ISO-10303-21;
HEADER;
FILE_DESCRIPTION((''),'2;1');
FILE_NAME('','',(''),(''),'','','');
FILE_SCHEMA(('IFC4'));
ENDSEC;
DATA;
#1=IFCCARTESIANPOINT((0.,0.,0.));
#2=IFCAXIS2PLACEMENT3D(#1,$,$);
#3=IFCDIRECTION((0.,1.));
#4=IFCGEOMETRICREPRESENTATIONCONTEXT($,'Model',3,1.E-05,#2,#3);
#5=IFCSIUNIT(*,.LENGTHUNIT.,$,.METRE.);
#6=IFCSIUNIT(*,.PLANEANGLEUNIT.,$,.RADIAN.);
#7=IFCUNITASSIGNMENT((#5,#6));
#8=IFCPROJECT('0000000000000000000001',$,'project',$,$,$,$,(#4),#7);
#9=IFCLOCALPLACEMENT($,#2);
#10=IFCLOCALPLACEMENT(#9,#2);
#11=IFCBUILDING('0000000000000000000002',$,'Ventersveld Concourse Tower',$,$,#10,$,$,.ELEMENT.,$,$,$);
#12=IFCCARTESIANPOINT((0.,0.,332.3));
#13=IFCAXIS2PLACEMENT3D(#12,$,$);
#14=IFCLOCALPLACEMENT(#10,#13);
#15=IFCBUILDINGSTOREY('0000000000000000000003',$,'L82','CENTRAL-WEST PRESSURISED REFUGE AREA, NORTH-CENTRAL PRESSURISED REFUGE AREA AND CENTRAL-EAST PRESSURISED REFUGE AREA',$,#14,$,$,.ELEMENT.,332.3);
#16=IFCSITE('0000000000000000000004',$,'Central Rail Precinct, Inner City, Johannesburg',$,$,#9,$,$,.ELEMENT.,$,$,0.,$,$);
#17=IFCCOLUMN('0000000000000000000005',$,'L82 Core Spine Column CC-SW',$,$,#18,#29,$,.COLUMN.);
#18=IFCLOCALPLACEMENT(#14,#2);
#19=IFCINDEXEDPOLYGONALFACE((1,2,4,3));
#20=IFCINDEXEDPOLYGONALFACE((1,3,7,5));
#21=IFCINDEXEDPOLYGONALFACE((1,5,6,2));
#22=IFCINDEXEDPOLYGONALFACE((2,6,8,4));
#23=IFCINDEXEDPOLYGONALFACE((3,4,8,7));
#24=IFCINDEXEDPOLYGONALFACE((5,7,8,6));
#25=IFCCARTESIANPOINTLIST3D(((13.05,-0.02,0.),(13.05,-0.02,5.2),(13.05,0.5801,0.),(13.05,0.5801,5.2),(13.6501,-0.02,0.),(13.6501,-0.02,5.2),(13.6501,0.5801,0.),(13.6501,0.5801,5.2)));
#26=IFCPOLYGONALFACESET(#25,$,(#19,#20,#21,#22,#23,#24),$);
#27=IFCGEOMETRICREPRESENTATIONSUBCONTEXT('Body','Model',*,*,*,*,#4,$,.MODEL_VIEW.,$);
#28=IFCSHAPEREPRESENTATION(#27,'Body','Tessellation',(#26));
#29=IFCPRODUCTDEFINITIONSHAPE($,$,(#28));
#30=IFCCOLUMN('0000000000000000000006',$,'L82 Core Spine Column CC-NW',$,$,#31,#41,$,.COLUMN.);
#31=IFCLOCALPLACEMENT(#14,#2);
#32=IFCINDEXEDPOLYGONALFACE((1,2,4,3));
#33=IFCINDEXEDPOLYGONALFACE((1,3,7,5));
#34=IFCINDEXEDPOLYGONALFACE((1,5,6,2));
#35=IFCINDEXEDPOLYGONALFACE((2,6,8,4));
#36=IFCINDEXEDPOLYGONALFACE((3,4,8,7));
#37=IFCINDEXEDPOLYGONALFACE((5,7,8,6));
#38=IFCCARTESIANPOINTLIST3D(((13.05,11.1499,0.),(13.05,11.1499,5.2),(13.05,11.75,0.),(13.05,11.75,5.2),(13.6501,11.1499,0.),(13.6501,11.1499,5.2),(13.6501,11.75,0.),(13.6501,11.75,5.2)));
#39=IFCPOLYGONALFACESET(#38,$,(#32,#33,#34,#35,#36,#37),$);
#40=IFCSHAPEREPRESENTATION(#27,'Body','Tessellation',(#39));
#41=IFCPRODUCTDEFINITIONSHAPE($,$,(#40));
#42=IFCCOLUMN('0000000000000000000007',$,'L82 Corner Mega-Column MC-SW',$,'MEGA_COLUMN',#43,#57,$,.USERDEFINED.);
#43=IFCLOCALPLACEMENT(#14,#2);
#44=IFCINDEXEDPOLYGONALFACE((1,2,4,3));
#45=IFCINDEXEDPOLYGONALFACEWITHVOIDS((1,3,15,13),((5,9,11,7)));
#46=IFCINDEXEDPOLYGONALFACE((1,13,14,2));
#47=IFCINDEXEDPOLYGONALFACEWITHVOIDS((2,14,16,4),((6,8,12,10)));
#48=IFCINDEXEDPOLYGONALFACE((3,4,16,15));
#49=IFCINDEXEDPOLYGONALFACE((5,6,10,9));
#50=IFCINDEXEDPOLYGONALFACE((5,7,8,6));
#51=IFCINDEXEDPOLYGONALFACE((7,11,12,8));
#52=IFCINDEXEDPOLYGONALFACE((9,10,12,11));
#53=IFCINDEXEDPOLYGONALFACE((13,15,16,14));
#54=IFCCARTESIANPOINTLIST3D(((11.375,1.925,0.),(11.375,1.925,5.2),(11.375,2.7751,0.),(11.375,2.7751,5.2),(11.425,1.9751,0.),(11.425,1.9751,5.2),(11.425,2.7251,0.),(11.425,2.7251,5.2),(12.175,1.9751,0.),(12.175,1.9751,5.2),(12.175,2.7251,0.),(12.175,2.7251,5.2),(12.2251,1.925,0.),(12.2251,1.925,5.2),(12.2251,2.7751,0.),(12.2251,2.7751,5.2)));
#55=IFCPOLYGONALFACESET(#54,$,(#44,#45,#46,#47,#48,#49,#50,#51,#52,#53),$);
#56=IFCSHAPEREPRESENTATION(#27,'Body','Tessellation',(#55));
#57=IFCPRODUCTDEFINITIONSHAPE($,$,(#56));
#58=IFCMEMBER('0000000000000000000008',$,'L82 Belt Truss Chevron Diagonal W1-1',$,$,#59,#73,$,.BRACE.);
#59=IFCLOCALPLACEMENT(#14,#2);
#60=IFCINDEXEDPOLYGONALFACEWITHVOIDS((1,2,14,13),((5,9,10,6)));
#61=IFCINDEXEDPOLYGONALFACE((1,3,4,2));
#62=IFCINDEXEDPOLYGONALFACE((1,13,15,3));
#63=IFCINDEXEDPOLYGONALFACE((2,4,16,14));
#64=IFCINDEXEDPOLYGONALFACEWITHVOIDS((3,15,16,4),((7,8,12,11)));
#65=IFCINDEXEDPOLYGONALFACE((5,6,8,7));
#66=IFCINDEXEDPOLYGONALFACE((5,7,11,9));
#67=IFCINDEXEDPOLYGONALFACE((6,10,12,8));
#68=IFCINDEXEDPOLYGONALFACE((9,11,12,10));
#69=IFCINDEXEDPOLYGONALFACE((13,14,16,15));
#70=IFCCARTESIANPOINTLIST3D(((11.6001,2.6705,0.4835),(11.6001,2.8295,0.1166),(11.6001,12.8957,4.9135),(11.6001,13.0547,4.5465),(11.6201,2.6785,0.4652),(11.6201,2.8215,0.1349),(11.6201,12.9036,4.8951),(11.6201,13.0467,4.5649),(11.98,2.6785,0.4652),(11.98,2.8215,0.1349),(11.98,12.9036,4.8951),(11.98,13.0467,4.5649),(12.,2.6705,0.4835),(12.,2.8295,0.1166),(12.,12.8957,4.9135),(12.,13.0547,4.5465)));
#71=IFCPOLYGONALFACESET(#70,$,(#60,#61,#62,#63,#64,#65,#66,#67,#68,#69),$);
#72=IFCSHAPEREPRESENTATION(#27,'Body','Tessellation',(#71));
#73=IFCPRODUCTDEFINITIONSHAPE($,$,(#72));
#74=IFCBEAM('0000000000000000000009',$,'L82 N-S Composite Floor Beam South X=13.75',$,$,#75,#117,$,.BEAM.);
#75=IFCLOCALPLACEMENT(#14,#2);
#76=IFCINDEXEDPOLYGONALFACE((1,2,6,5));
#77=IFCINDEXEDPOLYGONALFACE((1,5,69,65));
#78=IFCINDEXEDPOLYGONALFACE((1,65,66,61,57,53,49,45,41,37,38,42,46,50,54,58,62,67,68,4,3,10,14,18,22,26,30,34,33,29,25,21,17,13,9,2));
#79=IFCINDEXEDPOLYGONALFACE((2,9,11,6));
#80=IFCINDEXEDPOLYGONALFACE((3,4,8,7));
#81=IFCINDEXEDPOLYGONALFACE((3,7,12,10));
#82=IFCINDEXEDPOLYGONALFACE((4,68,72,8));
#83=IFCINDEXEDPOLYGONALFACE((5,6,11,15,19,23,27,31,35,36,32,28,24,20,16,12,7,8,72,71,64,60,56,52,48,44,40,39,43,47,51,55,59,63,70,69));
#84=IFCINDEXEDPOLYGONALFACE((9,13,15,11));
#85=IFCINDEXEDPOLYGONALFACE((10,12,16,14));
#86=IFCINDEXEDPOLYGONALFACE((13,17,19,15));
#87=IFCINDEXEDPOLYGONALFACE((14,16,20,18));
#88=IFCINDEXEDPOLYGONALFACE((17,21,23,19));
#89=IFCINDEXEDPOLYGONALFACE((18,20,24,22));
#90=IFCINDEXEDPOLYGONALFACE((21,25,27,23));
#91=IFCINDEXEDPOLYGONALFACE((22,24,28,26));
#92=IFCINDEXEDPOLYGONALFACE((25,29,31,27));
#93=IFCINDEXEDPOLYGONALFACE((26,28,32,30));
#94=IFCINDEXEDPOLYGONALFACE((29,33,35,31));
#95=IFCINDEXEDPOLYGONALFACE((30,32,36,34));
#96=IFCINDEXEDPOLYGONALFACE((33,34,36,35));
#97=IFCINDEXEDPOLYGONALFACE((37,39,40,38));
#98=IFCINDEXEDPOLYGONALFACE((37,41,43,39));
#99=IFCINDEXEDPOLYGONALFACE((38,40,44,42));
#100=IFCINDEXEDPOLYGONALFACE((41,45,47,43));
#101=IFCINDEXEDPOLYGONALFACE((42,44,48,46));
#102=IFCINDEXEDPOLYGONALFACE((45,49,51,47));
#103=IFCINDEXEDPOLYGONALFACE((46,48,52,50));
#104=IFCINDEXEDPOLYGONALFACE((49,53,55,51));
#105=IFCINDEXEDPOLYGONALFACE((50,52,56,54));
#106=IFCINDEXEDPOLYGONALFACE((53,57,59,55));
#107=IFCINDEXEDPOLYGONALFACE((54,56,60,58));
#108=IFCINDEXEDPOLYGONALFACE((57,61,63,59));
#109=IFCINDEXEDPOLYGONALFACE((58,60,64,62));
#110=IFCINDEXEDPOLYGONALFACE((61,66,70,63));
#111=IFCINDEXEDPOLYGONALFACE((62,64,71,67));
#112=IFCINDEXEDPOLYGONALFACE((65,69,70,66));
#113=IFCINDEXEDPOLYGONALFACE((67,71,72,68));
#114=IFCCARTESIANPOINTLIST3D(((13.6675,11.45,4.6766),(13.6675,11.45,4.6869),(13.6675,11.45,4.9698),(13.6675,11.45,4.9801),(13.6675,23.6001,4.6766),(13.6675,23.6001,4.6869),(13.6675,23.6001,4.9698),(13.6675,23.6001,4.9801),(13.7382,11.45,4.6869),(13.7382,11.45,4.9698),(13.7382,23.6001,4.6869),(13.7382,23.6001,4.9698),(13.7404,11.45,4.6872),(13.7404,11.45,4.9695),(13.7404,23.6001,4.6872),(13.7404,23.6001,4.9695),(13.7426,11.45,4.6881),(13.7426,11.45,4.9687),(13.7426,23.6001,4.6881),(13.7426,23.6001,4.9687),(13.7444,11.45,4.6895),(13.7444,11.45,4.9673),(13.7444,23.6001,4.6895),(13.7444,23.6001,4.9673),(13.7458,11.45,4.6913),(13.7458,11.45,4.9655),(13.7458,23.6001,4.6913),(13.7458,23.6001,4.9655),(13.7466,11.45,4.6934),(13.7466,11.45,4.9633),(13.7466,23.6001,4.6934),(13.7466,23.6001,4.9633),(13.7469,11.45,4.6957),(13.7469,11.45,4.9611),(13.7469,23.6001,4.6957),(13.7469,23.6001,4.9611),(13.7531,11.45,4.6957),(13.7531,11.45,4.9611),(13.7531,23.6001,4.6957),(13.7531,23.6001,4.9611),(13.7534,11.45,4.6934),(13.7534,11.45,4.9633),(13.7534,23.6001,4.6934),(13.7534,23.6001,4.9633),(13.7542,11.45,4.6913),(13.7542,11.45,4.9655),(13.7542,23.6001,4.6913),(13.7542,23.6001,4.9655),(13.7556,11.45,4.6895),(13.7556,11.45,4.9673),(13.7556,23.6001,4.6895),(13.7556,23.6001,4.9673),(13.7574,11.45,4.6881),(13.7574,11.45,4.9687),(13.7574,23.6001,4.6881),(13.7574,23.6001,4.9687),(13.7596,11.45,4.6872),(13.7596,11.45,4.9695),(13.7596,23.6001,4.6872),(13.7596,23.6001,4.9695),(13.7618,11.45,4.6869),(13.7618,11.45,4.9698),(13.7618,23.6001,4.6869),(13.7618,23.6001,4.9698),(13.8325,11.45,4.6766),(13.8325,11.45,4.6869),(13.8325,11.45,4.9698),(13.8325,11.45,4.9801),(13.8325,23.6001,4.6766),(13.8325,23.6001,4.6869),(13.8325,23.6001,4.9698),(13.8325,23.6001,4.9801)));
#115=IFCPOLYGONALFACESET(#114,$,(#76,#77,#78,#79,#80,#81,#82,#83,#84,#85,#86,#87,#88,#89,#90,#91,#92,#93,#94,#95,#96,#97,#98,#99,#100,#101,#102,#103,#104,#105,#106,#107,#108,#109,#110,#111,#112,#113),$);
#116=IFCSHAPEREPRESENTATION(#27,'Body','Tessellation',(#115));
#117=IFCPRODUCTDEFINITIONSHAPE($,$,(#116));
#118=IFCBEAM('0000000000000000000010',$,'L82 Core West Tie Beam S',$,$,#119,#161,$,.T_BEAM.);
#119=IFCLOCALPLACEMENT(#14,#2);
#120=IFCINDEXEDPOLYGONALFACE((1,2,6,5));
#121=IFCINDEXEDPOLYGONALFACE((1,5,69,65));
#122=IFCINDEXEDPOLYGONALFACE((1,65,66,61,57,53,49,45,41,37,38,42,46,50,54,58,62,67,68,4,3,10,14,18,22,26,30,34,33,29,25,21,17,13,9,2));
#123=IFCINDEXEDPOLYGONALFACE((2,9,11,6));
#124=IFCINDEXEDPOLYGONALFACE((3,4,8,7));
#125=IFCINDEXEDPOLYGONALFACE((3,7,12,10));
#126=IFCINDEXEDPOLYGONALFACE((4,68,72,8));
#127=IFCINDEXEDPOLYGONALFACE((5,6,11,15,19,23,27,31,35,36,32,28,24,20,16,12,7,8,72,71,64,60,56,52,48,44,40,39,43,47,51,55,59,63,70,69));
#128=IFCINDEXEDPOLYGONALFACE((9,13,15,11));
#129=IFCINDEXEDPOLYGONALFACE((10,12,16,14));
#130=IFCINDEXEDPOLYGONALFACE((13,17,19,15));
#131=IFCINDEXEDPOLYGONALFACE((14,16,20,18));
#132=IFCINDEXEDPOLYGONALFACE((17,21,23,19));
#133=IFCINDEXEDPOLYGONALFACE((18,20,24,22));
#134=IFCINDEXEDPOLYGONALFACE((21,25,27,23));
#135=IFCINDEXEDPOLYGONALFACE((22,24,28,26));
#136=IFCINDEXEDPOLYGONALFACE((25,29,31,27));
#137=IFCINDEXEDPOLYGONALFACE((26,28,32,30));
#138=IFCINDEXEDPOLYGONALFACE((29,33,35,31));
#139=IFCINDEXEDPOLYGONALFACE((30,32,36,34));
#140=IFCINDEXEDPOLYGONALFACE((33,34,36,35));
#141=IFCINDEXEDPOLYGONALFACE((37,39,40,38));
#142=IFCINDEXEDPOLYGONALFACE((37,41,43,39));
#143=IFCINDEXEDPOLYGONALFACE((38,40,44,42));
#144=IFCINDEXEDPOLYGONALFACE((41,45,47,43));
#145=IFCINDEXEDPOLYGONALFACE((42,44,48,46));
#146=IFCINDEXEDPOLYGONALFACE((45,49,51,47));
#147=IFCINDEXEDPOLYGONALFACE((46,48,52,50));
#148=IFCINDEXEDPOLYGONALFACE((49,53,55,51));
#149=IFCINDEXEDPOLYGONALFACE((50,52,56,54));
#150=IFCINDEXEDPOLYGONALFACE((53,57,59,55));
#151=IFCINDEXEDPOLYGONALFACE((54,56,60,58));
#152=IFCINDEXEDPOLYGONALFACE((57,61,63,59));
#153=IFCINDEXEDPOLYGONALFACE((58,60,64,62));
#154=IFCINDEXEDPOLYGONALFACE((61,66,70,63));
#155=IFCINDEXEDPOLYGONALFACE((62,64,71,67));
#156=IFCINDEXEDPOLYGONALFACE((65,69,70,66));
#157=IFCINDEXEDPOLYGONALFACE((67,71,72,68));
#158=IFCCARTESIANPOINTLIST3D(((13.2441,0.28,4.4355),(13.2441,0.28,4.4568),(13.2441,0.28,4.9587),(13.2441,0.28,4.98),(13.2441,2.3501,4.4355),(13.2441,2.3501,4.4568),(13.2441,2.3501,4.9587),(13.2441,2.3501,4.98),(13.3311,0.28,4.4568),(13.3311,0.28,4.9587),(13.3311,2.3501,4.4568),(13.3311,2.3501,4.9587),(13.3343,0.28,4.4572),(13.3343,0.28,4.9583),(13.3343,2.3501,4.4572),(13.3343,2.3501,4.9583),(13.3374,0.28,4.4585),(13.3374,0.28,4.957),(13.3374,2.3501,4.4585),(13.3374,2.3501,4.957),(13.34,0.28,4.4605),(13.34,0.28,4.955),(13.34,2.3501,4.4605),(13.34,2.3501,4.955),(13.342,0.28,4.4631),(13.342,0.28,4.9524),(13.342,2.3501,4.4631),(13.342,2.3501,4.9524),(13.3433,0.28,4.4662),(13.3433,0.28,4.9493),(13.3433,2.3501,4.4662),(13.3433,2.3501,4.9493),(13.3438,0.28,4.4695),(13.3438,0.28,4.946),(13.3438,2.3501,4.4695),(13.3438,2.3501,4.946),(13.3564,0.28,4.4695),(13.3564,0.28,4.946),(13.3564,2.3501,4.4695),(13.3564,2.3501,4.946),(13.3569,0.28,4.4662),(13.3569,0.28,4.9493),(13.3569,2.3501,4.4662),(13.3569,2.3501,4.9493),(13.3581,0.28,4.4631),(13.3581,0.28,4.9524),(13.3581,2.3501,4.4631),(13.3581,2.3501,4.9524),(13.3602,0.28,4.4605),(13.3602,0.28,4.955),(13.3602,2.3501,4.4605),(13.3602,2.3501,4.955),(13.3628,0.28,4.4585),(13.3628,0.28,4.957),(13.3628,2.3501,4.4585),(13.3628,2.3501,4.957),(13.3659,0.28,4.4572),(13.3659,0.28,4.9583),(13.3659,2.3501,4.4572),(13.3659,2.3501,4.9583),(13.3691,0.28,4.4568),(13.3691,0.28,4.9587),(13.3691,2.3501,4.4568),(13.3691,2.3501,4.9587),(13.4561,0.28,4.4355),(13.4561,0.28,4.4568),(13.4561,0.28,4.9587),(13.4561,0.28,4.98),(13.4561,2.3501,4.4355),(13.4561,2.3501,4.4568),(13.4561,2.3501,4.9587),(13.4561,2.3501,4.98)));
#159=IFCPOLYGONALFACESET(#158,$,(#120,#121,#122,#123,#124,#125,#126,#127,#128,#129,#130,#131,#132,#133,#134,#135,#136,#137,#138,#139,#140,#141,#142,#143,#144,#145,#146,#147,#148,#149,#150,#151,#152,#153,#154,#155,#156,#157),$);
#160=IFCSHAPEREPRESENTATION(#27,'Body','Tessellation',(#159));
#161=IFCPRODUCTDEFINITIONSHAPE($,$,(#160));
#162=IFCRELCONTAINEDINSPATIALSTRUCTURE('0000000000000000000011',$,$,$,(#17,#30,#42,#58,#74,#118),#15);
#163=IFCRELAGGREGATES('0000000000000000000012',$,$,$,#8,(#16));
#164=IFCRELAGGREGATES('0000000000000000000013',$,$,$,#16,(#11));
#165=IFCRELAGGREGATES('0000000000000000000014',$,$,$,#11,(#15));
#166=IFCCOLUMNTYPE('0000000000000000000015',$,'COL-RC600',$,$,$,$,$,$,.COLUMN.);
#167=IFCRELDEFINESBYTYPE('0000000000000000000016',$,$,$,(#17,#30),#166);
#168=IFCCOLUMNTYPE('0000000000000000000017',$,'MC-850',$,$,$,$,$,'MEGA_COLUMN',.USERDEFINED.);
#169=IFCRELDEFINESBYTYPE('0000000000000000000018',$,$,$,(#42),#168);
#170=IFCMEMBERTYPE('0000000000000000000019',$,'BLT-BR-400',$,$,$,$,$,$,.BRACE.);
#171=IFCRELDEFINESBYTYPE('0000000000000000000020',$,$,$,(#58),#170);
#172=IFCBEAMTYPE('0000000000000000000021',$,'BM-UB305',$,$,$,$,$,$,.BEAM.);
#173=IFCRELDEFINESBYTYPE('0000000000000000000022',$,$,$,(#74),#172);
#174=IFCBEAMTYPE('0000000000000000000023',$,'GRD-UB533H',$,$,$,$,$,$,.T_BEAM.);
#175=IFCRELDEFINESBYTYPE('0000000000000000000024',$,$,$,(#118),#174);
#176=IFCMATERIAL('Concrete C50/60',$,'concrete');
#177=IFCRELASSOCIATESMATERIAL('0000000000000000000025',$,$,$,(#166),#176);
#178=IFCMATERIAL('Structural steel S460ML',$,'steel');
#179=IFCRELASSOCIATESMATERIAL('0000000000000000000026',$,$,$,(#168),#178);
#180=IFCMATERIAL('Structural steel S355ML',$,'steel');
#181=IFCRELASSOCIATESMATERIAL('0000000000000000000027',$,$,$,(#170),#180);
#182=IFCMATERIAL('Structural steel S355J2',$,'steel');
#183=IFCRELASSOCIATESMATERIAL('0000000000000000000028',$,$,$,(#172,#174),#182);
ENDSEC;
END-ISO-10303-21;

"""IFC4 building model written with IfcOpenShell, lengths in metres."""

from ifc_helpers import new_model, si_unit, direction, frame, origin, origin_2d, place, context, subcontext, project, spatial, rectangle, hollow_rectangle, i_section, extrude, material, material_profile, profile_set, type_object, element, save


model = new_model("IFC4")

# Units and contexts
model_context = context("Model", 3, precision=1e-05, world=origin(), true_north=direction((0.0, 1.0)))
body_context = subcontext(model_context, "Body", "Model", "MODEL_VIEW")
ifc_project = project(units=[si_unit("LENGTHUNIT", "METRE"), si_unit("PLANEANGLEUNIT", "RADIAN")], contexts=[model_context])

# Site, building, storey
site_placement = place(None, origin())
site = spatial("IfcSite", under=ifc_project, at=site_placement, Name="Central Rail Precinct, Inner City, Johannesburg", CompositionType="ELEMENT", RefElevation=0.0)
building_placement = place(site_placement, origin())
building = spatial("IfcBuilding", under=site, at=building_placement, Name="Ventersveld Concourse Tower", CompositionType="ELEMENT")
storey_placement = place(building_placement, frame((0.0, 0.0, 332.3)))
storey = spatial("IfcBuildingStorey", under=building, at=storey_placement, Name="L82", Description="CENTRAL-WEST PRESSURISED REFUGE AREA, NORTH-CENTRAL PRESSURISED REFUGE AREA AND CENTRAL-EAST PRESSURISED REFUGE AREA", CompositionType="ELEMENT", Elevation=332.3)

# Columns
ifc_material_1 = material(Name="Concrete C50/60", Category="concrete")
ifc_material_profile_1 = material_profile(ifc_material_1, rectangle(XDim=0.6001, YDim=0.6001, at=origin_2d()), Name="RC 600x600")
ifc_profile_set_1 = profile_set([ifc_material_profile_1], Name="Concrete C50/60")
column_type_1 = type_object("IfcColumnType", Name="COL-RC600", PredefinedType="COLUMN", material=ifc_profile_set_1)
for number, where, z_axis, x_axis, name in (
    (1, (13.3501, 0.28, 0.0), (0.0, 0.0, 1.0), (1.0, 0.0, 0.0), "L82 Core Spine Column CC-SW"),
    (2, (13.3501, 11.45, 0.0), (0.0, 0.0, 1.0), (1.0, 0.0, 0.0), "L82 Core Spine Column CC-NW"),
):
    element("IfcColumn", number, at=place(storey_placement, frame(where, z_axis=z_axis, x_axis=x_axis)), inside=storey, type_object=column_type_1, Name=name, PredefinedType="COLUMN", context=body_context, shape_type="SweptSolid", body=[
        extrude(rectangle(XDim=0.6001, YDim=0.6001, at=origin_2d()), origin(), (0.0, 0.0, 1.0), 5.2),
    ])
ifc_material_2 = material(Name="Structural steel S460ML", Category="steel")
ifc_material_profile_2 = material_profile(ifc_material_2, hollow_rectangle(XDim=0.8501, YDim=0.8501, WallThickness=0.05, at=origin_2d()), Name="BOX 850x850x50")
ifc_profile_set_2 = profile_set([ifc_material_profile_2], Name="Structural steel S460ML")
column_type_2 = type_object("IfcColumnType", Name="MC-850", ElementType="MEGA_COLUMN", PredefinedType="USERDEFINED", material=ifc_profile_set_2)
column_placement = place(storey_placement, frame((11.8, 2.3501, 0.0), z_axis=(0.0, 0.0, 1.0), x_axis=(1.0, 0.0, 0.0)))
element("IfcColumn", 3, at=column_placement, inside=storey, type_object=column_type_2, Name="L82 Corner Mega-Column MC-SW", ObjectType="MEGA_COLUMN", PredefinedType="USERDEFINED", context=body_context, shape_type="SweptSolid", body=[
    extrude(hollow_rectangle(XDim=0.8501, YDim=0.8501, WallThickness=0.05, at=origin_2d()), origin(), (0.0, 0.0, 1.0), 5.2),
])

# Member
ifc_material_3 = material(Name="Structural steel S355ML", Category="steel")
ifc_material_profile_3 = material_profile(ifc_material_3, hollow_rectangle(XDim=0.3999, YDim=0.3999, WallThickness=0.02, at=origin_2d()), Name="SHS 400x400x20")
ifc_profile_set_3 = profile_set([ifc_material_profile_3], Name="Structural steel S355ML")
member_type_1 = type_object("IfcMemberType", Name="BLT-BR-400", PredefinedType="BRACE", material=ifc_profile_set_3)
member_1_placement = place(storey_placement, frame((11.8, 2.75, 0.3), z_axis=(0.0, 0.917587, 0.397536), x_axis=(-1.0, 0.0, 0.0)))
element("IfcMember", 4, at=member_1_placement, inside=storey, type_object=member_type_1, Name="L82 Belt Truss Chevron Diagonal W1-1", PredefinedType="BRACE", context=body_context, shape_type="SweptSolid", body=[
    extrude(hollow_rectangle(XDim=0.3999, YDim=0.3999, WallThickness=0.02, at=origin_2d()), origin(), (0.0, 0.0, 1.0), 11.1436),
])

# Beams
ifc_material_4 = material(Name="Structural steel S355J2", Category="steel")
ifc_material_profile_4 = material_profile(ifc_material_4, i_section(OverallWidth=0.165, OverallDepth=0.3035, WebThickness=0.0061, FlangeThickness=0.0103, FilletRadius=0.0088, at=origin_2d()), Name="UB 305x165x40")
ifc_profile_set_4 = profile_set([ifc_material_profile_4], Name="Structural steel S355J2")
beam_type_1 = type_object("IfcBeamType", Name="BM-UB305", PredefinedType="BEAM", material=ifc_profile_set_4)
beam_1_placement = place(storey_placement, frame((13.75, 11.45, 4.8284), z_axis=(0.0, 1.0, 0.0), x_axis=(-1.0, 0.0, 0.0)))
element("IfcBeam", 5, at=beam_1_placement, inside=storey, type_object=beam_type_1, Name="L82 N-S Composite Floor Beam South X=13.75", PredefinedType="BEAM", context=body_context, shape_type="SweptSolid", body=[
    extrude(i_section(OverallWidth=0.165, OverallDepth=0.3035, WebThickness=0.0061, FlangeThickness=0.0103, FilletRadius=0.0088, at=origin_2d()), origin(), (0.0, 0.0, 1.0), 12.1501),
])
ifc_material_profile_5 = material_profile(ifc_material_4, i_section(OverallWidth=0.2119, OverallDepth=0.5444, WebThickness=0.0127, FlangeThickness=0.0212, FilletRadius=0.0127, at=origin_2d()), Name="UB 533x210x122")
ifc_profile_set_5 = profile_set([ifc_material_profile_5], Name="Structural steel S355J2")
beam_type_2 = type_object("IfcBeamType", Name="GRD-UB533H", PredefinedType="T_BEAM", material=ifc_profile_set_5)
beam_2_placement = place(storey_placement, frame((13.3501, 0.28, 4.7078), z_axis=(0.0, 1.0, 0.0), x_axis=(-1.0, 0.0, 0.0)))
element("IfcBeam", 6, at=beam_2_placement, inside=storey, type_object=beam_type_2, Name="L82 Core West Tie Beam S", PredefinedType="T_BEAM", context=body_context, shape_type="SweptSolid", body=[
    extrude(i_section(OverallWidth=0.2119, OverallDepth=0.5444, WebThickness=0.0127, FlangeThickness=0.0212, FilletRadius=0.0127, at=origin_2d()), origin(), (0.0, 0.0, 1.0), 2.0701),
])

save(model, "model.ifc")
